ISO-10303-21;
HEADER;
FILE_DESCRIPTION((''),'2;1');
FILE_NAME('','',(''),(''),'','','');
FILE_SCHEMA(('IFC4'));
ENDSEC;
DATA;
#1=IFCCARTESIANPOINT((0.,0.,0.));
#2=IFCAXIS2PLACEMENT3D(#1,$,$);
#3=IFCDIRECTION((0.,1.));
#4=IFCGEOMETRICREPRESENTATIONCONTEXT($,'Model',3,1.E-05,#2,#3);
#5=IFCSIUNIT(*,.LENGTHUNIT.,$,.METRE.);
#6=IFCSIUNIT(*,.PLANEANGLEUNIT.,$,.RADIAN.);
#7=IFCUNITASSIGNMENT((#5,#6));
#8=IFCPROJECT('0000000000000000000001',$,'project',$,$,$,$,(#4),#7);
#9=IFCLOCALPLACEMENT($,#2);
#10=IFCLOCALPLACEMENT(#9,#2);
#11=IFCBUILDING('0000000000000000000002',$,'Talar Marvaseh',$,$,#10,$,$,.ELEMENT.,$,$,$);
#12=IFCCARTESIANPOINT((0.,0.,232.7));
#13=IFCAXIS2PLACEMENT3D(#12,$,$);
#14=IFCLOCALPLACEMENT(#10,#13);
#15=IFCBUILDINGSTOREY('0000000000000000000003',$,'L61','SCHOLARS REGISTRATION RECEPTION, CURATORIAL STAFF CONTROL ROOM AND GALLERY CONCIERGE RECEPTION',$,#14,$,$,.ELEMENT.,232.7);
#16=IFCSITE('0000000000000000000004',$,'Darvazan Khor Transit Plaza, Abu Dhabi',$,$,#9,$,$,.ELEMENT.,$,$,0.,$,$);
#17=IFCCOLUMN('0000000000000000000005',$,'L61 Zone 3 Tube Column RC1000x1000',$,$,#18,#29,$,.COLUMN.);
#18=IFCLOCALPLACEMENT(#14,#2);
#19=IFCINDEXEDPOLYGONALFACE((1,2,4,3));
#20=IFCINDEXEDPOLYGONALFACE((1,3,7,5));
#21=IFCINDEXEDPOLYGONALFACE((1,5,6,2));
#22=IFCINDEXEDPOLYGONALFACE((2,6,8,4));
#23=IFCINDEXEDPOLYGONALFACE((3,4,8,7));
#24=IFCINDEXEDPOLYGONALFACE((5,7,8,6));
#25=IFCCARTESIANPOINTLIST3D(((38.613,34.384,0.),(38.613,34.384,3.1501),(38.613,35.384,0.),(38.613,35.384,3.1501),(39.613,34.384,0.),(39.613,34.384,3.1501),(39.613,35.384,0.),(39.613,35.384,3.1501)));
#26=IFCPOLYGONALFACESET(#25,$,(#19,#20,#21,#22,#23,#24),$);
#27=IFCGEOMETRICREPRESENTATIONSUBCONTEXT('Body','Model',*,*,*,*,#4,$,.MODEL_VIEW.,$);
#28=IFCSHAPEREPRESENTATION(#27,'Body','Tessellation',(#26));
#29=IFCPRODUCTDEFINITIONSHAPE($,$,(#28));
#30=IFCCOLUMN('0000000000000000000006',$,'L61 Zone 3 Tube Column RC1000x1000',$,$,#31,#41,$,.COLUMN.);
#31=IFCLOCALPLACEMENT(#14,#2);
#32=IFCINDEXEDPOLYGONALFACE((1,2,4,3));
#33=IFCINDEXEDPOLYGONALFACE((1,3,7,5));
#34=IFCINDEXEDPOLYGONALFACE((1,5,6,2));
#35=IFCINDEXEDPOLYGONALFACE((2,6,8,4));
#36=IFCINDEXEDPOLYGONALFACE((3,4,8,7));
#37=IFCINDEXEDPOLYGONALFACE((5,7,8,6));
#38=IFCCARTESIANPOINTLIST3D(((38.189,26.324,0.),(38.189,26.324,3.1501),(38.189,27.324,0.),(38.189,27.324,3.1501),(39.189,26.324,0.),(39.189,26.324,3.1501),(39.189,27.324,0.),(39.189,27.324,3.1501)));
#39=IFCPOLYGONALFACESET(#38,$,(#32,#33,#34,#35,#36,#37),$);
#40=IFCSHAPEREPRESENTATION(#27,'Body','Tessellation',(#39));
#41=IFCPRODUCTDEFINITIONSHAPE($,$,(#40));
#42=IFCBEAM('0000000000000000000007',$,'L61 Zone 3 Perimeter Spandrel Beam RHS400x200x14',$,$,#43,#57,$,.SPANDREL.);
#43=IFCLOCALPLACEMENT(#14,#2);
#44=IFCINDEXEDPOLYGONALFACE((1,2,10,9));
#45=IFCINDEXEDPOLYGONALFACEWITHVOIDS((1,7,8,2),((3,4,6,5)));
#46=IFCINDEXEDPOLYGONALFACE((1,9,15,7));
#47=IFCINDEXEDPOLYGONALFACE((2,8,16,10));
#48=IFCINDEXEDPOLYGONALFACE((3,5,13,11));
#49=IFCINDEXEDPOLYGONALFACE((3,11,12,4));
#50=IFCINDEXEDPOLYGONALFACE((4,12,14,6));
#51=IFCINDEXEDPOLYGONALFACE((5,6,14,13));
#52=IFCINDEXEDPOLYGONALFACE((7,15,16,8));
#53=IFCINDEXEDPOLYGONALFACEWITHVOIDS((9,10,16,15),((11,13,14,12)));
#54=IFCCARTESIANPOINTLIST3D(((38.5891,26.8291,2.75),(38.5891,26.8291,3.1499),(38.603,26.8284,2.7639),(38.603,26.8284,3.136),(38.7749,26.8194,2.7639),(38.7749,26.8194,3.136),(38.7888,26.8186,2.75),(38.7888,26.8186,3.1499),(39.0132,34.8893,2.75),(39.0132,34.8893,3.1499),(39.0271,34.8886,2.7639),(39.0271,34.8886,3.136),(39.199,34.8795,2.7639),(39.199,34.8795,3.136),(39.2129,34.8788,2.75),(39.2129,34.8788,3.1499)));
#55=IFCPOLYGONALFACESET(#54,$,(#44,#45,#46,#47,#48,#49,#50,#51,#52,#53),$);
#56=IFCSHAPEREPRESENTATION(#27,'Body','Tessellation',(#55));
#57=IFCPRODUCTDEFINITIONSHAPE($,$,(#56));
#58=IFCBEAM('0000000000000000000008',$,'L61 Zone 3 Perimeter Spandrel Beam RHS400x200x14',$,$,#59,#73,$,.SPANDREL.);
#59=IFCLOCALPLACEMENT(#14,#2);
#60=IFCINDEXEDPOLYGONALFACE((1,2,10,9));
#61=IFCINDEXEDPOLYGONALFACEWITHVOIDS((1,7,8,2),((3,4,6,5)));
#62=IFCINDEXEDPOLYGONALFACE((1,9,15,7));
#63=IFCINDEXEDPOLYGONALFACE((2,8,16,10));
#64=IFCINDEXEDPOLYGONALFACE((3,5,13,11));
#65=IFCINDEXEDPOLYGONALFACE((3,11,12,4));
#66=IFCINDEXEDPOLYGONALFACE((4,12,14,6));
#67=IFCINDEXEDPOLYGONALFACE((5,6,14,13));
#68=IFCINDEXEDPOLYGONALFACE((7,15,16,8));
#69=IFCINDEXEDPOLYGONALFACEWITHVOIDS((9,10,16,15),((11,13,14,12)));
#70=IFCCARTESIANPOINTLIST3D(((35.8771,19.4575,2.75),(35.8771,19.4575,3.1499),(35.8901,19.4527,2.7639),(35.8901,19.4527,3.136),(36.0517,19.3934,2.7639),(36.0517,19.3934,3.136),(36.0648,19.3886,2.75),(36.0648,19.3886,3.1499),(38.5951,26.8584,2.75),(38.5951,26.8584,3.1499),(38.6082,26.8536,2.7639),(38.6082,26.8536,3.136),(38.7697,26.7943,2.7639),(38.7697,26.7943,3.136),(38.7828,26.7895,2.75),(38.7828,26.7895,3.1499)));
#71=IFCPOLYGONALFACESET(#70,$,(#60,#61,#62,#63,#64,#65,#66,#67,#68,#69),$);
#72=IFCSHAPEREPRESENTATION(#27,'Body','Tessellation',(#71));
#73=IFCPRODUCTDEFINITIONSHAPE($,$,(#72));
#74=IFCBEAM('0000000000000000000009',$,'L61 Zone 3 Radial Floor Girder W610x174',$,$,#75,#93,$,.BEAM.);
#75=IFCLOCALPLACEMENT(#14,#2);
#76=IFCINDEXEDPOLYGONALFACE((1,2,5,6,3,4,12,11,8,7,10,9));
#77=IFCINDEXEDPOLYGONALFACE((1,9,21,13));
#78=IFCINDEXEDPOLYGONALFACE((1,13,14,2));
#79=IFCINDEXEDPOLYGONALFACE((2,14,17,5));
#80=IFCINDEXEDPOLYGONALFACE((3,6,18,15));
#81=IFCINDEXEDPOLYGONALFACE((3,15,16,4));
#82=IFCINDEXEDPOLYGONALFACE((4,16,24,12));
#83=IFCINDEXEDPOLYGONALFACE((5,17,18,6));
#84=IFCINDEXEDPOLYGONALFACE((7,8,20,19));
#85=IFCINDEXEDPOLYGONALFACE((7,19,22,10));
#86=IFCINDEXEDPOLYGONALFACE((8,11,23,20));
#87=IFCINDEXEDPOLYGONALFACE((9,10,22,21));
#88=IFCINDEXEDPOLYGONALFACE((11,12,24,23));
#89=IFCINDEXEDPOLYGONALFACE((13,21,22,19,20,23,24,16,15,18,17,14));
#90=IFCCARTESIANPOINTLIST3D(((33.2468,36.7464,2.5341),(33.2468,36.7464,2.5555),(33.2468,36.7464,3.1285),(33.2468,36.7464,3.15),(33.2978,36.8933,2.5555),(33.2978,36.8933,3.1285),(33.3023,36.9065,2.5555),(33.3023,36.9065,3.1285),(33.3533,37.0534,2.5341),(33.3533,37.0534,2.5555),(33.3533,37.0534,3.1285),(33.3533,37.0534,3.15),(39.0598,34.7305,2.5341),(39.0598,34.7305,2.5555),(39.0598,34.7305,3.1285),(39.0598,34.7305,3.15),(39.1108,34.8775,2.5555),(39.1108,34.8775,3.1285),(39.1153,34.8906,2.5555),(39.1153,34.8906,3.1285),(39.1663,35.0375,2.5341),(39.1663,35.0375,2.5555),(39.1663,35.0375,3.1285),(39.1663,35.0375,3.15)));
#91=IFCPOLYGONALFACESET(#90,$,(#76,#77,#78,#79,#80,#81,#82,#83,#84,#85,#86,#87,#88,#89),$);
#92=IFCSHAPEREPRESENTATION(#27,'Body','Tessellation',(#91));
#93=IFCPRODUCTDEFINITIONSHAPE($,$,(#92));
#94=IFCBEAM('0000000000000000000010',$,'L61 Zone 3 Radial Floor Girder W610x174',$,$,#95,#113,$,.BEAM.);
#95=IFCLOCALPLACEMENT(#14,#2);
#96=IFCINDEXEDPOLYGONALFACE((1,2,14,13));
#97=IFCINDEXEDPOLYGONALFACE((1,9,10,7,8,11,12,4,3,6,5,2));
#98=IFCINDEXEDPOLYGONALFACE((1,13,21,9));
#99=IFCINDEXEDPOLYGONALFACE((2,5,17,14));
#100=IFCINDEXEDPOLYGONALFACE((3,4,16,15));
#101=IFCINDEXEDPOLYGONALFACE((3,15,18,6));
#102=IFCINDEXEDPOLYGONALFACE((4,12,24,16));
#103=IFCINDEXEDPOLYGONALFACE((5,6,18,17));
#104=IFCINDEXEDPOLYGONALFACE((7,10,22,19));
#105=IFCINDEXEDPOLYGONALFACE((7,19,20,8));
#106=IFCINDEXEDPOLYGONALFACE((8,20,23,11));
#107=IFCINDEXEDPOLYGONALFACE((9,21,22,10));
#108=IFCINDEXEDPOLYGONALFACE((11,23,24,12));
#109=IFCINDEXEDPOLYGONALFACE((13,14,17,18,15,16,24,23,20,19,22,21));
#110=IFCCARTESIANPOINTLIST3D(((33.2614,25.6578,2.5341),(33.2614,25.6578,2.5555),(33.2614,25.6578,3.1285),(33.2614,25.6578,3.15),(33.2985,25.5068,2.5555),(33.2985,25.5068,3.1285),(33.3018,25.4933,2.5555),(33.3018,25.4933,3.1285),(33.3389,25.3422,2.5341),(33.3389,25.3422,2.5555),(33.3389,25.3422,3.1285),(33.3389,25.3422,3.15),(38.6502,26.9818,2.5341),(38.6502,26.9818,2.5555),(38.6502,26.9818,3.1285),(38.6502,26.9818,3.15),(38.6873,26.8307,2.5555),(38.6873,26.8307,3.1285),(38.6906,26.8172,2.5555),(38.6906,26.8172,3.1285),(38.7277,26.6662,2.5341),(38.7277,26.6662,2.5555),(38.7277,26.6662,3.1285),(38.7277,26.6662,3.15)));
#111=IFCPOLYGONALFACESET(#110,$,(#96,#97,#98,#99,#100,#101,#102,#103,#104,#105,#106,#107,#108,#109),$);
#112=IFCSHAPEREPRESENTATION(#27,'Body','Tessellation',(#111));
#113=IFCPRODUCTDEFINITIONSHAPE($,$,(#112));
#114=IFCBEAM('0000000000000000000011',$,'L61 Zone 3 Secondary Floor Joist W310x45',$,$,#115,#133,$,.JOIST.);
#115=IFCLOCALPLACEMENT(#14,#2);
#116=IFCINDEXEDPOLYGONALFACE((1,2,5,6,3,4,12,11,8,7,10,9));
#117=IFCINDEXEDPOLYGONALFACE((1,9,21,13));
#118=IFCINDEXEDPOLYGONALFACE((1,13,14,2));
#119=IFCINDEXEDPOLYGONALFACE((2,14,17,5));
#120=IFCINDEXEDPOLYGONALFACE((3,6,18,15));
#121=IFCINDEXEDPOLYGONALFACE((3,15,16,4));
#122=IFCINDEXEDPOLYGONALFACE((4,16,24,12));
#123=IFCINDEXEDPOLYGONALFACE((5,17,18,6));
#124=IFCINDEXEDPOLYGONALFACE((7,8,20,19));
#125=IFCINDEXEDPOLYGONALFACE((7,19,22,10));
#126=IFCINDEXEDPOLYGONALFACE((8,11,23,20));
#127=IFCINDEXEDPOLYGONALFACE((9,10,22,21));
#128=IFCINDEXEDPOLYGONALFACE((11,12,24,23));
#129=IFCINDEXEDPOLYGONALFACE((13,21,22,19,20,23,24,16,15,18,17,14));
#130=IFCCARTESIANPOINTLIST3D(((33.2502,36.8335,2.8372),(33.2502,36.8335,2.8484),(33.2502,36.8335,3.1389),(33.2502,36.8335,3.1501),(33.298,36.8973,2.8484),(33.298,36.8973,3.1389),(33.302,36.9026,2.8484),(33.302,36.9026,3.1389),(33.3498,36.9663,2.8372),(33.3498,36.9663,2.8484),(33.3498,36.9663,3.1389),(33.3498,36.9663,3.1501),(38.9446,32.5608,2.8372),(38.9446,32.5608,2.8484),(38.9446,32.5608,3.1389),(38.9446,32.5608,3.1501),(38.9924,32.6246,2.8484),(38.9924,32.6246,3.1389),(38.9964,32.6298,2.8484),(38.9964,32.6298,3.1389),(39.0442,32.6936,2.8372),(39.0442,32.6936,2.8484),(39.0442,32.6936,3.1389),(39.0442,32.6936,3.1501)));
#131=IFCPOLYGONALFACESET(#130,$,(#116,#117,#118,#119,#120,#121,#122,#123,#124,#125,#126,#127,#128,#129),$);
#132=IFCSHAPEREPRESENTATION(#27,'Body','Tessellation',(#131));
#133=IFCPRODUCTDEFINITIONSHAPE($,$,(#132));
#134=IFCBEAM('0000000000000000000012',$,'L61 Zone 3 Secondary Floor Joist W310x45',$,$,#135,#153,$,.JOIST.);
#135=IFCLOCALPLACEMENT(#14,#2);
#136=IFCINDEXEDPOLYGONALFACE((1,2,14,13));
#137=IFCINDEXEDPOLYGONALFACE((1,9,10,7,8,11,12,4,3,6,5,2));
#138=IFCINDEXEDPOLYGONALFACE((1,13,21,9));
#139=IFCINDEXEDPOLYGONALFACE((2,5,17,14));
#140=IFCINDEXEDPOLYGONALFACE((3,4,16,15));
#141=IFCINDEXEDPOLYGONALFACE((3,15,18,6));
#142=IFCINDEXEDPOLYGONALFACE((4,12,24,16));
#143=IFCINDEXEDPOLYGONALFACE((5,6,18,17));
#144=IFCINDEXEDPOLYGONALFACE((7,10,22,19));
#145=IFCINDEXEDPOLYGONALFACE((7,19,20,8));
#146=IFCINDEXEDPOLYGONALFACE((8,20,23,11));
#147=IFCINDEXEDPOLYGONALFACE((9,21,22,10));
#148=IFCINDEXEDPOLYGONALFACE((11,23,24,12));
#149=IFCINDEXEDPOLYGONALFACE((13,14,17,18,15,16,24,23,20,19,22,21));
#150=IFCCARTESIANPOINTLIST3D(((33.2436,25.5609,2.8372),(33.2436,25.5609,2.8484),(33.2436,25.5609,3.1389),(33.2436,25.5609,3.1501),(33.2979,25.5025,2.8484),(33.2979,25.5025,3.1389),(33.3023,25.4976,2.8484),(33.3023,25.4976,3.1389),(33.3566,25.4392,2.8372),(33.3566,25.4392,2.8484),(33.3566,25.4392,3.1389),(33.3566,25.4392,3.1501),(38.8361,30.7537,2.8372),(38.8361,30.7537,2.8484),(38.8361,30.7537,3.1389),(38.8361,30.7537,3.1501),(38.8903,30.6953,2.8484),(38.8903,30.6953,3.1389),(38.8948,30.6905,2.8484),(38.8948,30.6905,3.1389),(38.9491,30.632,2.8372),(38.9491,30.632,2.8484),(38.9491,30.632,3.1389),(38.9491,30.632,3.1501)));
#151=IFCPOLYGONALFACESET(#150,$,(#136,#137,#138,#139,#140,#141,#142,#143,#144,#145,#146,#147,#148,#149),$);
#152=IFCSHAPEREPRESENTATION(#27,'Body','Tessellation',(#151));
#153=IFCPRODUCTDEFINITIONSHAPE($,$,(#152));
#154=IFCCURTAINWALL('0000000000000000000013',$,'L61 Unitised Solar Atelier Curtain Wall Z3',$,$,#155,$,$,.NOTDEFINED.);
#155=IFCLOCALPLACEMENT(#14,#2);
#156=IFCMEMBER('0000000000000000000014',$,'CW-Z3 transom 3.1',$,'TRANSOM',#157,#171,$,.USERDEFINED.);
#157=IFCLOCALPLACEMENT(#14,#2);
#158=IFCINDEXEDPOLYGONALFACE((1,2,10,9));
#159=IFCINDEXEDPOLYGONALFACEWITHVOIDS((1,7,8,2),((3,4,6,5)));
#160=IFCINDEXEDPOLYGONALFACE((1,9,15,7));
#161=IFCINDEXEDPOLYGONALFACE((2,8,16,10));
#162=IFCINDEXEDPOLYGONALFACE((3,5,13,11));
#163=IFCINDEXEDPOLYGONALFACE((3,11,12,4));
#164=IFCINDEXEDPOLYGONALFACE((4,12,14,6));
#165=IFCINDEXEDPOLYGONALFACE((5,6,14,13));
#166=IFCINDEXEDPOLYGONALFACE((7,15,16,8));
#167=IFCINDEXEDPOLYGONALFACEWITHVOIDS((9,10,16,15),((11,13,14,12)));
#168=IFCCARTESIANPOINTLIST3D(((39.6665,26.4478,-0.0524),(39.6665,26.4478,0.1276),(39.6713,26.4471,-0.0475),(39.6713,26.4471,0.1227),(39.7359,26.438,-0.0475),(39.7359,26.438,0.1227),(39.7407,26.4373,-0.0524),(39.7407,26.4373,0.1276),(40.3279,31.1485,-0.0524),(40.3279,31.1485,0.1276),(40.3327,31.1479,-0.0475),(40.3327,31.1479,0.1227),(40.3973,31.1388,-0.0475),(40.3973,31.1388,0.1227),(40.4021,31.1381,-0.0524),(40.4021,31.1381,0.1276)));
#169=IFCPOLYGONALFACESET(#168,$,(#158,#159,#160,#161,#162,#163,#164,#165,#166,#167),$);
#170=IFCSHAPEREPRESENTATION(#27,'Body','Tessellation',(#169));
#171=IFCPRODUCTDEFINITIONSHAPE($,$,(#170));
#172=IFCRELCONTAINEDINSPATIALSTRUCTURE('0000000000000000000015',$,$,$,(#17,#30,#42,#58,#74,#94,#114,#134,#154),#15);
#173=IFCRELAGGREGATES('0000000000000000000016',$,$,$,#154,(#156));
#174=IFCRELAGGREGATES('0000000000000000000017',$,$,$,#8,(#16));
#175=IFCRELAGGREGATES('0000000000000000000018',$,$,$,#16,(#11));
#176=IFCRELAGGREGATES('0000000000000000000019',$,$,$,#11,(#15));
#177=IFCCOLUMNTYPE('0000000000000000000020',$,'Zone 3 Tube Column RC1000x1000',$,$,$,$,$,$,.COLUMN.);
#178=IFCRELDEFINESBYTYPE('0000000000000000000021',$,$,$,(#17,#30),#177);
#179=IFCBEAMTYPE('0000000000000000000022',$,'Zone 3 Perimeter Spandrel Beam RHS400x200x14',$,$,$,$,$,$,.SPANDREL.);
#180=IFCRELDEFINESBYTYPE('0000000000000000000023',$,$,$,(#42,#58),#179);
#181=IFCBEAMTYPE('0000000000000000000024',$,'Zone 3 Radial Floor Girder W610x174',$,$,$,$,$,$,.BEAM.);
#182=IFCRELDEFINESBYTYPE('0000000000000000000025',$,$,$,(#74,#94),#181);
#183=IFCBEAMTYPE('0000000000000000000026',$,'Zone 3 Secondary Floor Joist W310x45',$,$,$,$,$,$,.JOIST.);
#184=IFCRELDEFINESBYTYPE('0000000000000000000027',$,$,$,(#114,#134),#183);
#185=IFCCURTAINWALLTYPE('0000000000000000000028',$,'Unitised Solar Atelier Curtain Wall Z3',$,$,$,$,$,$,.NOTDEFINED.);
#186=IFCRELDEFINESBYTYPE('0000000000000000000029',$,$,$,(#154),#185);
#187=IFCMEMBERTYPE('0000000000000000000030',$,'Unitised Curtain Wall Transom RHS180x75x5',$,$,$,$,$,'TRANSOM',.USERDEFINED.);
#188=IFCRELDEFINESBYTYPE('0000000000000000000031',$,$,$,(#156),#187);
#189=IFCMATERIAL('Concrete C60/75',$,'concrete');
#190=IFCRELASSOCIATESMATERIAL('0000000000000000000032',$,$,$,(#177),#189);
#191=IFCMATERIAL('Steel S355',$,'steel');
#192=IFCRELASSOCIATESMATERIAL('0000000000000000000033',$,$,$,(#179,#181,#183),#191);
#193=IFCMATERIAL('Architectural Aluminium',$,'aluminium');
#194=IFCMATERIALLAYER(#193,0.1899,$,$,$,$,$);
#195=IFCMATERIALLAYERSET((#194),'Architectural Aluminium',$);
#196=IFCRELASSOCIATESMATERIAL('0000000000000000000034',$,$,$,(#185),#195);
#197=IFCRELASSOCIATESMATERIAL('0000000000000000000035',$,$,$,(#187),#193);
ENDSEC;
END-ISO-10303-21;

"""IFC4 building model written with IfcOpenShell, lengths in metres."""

from ifc_helpers import new_model, si_unit, direction, frame, origin, origin_2d, place, context, subcontext, project, spatial, rectangle, hollow_rectangle, i_section, extrude, source, transform, mapped, material, layer, layer_set, material_profile, profile_set, type_object, element, aggregate, save


model = new_model("IFC4")

# Units and contexts
model_context = context("Model", 3, precision=1e-05, world=origin(), true_north=direction((0.0, 1.0)))
body_context = subcontext(model_context, "Body", "Model", "MODEL_VIEW")
ifc_project = project(units=[si_unit("LENGTHUNIT", "METRE"), si_unit("PLANEANGLEUNIT", "RADIAN")], contexts=[model_context])

# Site, building, storey
site_placement = place(None, origin())
site = spatial("IfcSite", under=ifc_project, at=site_placement, Name="Darvazan Khor Transit Plaza, Abu Dhabi", CompositionType="ELEMENT", RefElevation=0.0)
building_placement = place(site_placement, origin())
building = spatial("IfcBuilding", under=site, at=building_placement, Name="Talar Marvaseh", CompositionType="ELEMENT")
storey_placement = place(building_placement, frame((0.0, 0.0, 232.7)))
storey = spatial("IfcBuildingStorey", under=building, at=storey_placement, Name="L61", Description="SCHOLARS REGISTRATION RECEPTION, CURATORIAL STAFF CONTROL ROOM AND GALLERY CONCIERGE RECEPTION", CompositionType="ELEMENT", Elevation=232.7)

# Columns
ifc_material_1 = material(Name="Concrete C60/75", Category="concrete")
ifc_material_profile_1 = material_profile(ifc_material_1, rectangle(XDim=1.0, YDim=1.0, at=origin_2d()), Name="RC1000x1000")
ifc_profile_set_1 = profile_set([ifc_material_profile_1], Name="Concrete C60/75")
column_type = type_object("IfcColumnType", Name="Zone 3 Tube Column RC1000x1000", PredefinedType="COLUMN", material=ifc_profile_set_1)
for number, where, z_axis, x_axis, name in (
    (1, (39.113, 34.884, 0.0), (0.0, 0.0, 1.0), (1.0, 0.0, 0.0), "L61 Zone 3 Tube Column RC1000x1000"),
    (2, (38.689, 26.824, 0.0), (0.0, 0.0, 1.0), (1.0, 0.0, 0.0), "L61 Zone 3 Tube Column RC1000x1000"),
):
    element("IfcColumn", number, at=place(storey_placement, frame(where, z_axis=z_axis, x_axis=x_axis)), inside=storey, type_object=column_type, Name=name, PredefinedType="COLUMN", context=body_context, shape_type="SweptSolid", body=[
        extrude(rectangle(XDim=1.0, YDim=1.0, at=origin_2d()), origin(), (0.0, 0.0, 1.0), 3.1501),
    ])

# Beams
ifc_material_2 = material(Name="Steel S355", Category="steel")
ifc_material_profile_2 = material_profile(ifc_material_2, hollow_rectangle(XDim=0.2, YDim=0.3999, WallThickness=0.0139, at=origin_2d()), Name="RHS400x200x14")
ifc_profile_set_2 = profile_set([ifc_material_profile_2], Name="Steel S355")
beam_type_1 = type_object("IfcBeamType", Name="Zone 3 Perimeter Spandrel Beam RHS400x200x14", PredefinedType="SPANDREL", material=ifc_profile_set_2)
beam_1_placement = place(storey_placement, frame((39.113, 34.884, 2.95), z_axis=(-0.052541, -0.998619, 0.0), x_axis=(0.998619, -0.052541, 0.0)))
element("IfcBeam", 3, at=beam_1_placement, inside=storey, type_object=beam_type_1, Name="L61 Zone 3 Perimeter Spandrel Beam RHS400x200x14", PredefinedType="SPANDREL", context=body_context, shape_type="SweptSolid", body=[
    extrude(hollow_rectangle(XDim=0.2, YDim=0.3999, WallThickness=0.0139, at=origin_2d()), origin(), (0.0, 0.0, 1.0), 8.0713),
])
beam_2_placement = place(storey_placement, frame((38.689, 26.824, 2.95), z_axis=(-0.344742, -0.938697, 0.0), x_axis=(0.938697, -0.344742, 0.0)))
element("IfcBeam", 4, at=beam_2_placement, inside=storey, type_object=beam_type_1, Name="L61 Zone 3 Perimeter Spandrel Beam RHS400x200x14", PredefinedType="SPANDREL", context=body_context, shape_type="SweptSolid", body=[
    extrude(hollow_rectangle(XDim=0.2, YDim=0.3999, WallThickness=0.0139, at=origin_2d()), origin(), (0.0, 0.0, 1.0), 7.8843),
])
ifc_material_profile_3 = material_profile(ifc_material_2, i_section(OverallWidth=0.325, OverallDepth=0.616, WebThickness=0.0139, FlangeThickness=0.0215, at=origin_2d()), Name="W610x174")
ifc_profile_set_3 = profile_set([ifc_material_profile_3], Name="Steel S355")
beam_type_2 = type_object("IfcBeamType", Name="Zone 3 Radial Floor Girder W610x174", PredefinedType="BEAM", material=ifc_profile_set_3)
beam_3_placement = place(storey_placement, frame((39.113, 34.884, 2.842), z_axis=(-0.944801, 0.327645, 0.0), x_axis=(-0.327645, -0.944801, 0.0)))
element("IfcBeam", 5, at=beam_3_placement, inside=storey, type_object=beam_type_2, Name="L61 Zone 3 Radial Floor Girder W610x174", PredefinedType="BEAM", context=body_context, shape_type="SweptSolid", body=[
    extrude(i_section(OverallWidth=0.325, OverallDepth=0.616, WebThickness=0.0139, FlangeThickness=0.0215, at=origin_2d()), origin(), (0.0, 0.0, 1.0), 6.1526),
])
beam_4_placement = place(storey_placement, frame((38.689, 26.824, 2.842), z_axis=(-0.971121, -0.23859, 0.0), x_axis=(0.23859, -0.971121, 0.0)))
element("IfcBeam", 6, at=beam_4_placement, inside=storey, type_object=beam_type_2, Name="L61 Zone 3 Radial Floor Girder W610x174", PredefinedType="BEAM", context=body_context, shape_type="SweptSolid", body=[
    extrude(i_section(OverallWidth=0.325, OverallDepth=0.616, WebThickness=0.0139, FlangeThickness=0.0215, at=origin_2d()), origin(), (0.0, 0.0, 1.0), 5.5491),
])
ifc_material_profile_4 = material_profile(ifc_material_2, i_section(OverallWidth=0.166, OverallDepth=0.313, WebThickness=0.0066, FlangeThickness=0.0112, at=origin_2d()), Name="W310x45")
ifc_profile_set_4 = profile_set([ifc_material_profile_4], Name="Steel S355")
beam_type_3 = type_object("IfcBeamType", Name="Zone 3 Secondary Floor Joist W310x45", PredefinedType="JOIST", material=ifc_profile_set_4)
beam_5_placement = place(storey_placement, frame((38.9944, 32.6272, 2.9937), z_axis=(-0.799868, 0.600176, 0.0), x_axis=(-0.600176, -0.799868, 0.0)))
element("IfcBeam", 7, at=beam_5_placement, inside=storey, type_object=beam_type_3, Name="L61 Zone 3 Secondary Floor Joist W310x45", PredefinedType="JOIST", context=body_context, shape_type="SweptSolid", body=[
    extrude(i_section(OverallWidth=0.166, OverallDepth=0.313, WebThickness=0.0066, FlangeThickness=0.0112, at=origin_2d()), origin(), (0.0, 0.0, 1.0), 7.1191),
])
beam_6_placement = place(storey_placement, frame((38.8926, 30.6929, 2.9937), z_axis=(-0.732806, -0.680438, 0.0), x_axis=(0.680438, -0.732806, 0.0)))
element("IfcBeam", 8, at=beam_6_placement, inside=storey, type_object=beam_type_3, Name="L61 Zone 3 Secondary Floor Joist W310x45", PredefinedType="JOIST", context=body_context, shape_type="SweptSolid", body=[
    extrude(i_section(OverallWidth=0.166, OverallDepth=0.313, WebThickness=0.0066, FlangeThickness=0.0112, at=origin_2d()), origin(), (0.0, 0.0, 1.0), 7.6316),
])

# Curtain wall, member
ifc_material_3 = material(Name="Architectural Aluminium", Category="aluminium")
ifc_layer_1 = layer(ifc_material_3, 0.1899)
ifc_layer_set_1 = layer_set([ifc_layer_1], Name="Architectural Aluminium")
curtain_wall_type = type_object("IfcCurtainWallType", Name="Unitised Solar Atelier Curtain Wall Z3", PredefinedType="NOTDEFINED", material=ifc_layer_set_1)
curtain_wall_placement = place(storey_placement, origin())
curtain_wall = element("IfcCurtainWall", 9, at=curtain_wall_placement, inside=storey, type_object=curtain_wall_type, Name="L61 Unitised Solar Atelier Curtain Wall Z3", PredefinedType="NOTDEFINED")
ifc_material_profile_5 = material_profile(ifc_material_3, hollow_rectangle(XDim=0.075, YDim=0.1799, WallThickness=0.0049, at=origin_2d()), Name="RHS180x75x5")
ifc_profile_set_5 = profile_set([ifc_material_profile_5], Name="Architectural Aluminium")
member_type_1 = type_object("IfcMemberType", Name="Unitised Curtain Wall Transom RHS180x75x5", ElementType="TRANSOM", PredefinedType="USERDEFINED", material=ifc_profile_set_5)
shared_shape_1 = source(origin(), body_context, "Body", "SweptSolid", [
    extrude(hollow_rectangle(XDim=0.075, YDim=0.1799, WallThickness=0.0049, at=origin_2d()), origin(), (0.0, 0.0, 1.0), 4.7471),
])
member_1_placement = place(storey_placement, frame((40.365, 31.1433, 0.0376), z_axis=(-0.139326, -0.990247, 0.0), x_axis=(0.990247, -0.139326, 0.0)))
member_1 = element("IfcMember", 10, at=member_1_placement, type_object=member_type_1, Name="CW-Z3 transom 3.1", ObjectType="TRANSOM", PredefinedType="USERDEFINED", context=body_context, shape_type="MappedRepresentation", body=[
    mapped(shared_shape_1, transform((0.0, 0.0, 0.0), x_axis=(1.0, 0.0, 0.0), y_axis=(0.0, 1.0, 0.0), z_axis=(0.0, 0.0, 1.0), scale=1.0)),
])
aggregate(curtain_wall, [member_1])

save(model, "model.ifc")
